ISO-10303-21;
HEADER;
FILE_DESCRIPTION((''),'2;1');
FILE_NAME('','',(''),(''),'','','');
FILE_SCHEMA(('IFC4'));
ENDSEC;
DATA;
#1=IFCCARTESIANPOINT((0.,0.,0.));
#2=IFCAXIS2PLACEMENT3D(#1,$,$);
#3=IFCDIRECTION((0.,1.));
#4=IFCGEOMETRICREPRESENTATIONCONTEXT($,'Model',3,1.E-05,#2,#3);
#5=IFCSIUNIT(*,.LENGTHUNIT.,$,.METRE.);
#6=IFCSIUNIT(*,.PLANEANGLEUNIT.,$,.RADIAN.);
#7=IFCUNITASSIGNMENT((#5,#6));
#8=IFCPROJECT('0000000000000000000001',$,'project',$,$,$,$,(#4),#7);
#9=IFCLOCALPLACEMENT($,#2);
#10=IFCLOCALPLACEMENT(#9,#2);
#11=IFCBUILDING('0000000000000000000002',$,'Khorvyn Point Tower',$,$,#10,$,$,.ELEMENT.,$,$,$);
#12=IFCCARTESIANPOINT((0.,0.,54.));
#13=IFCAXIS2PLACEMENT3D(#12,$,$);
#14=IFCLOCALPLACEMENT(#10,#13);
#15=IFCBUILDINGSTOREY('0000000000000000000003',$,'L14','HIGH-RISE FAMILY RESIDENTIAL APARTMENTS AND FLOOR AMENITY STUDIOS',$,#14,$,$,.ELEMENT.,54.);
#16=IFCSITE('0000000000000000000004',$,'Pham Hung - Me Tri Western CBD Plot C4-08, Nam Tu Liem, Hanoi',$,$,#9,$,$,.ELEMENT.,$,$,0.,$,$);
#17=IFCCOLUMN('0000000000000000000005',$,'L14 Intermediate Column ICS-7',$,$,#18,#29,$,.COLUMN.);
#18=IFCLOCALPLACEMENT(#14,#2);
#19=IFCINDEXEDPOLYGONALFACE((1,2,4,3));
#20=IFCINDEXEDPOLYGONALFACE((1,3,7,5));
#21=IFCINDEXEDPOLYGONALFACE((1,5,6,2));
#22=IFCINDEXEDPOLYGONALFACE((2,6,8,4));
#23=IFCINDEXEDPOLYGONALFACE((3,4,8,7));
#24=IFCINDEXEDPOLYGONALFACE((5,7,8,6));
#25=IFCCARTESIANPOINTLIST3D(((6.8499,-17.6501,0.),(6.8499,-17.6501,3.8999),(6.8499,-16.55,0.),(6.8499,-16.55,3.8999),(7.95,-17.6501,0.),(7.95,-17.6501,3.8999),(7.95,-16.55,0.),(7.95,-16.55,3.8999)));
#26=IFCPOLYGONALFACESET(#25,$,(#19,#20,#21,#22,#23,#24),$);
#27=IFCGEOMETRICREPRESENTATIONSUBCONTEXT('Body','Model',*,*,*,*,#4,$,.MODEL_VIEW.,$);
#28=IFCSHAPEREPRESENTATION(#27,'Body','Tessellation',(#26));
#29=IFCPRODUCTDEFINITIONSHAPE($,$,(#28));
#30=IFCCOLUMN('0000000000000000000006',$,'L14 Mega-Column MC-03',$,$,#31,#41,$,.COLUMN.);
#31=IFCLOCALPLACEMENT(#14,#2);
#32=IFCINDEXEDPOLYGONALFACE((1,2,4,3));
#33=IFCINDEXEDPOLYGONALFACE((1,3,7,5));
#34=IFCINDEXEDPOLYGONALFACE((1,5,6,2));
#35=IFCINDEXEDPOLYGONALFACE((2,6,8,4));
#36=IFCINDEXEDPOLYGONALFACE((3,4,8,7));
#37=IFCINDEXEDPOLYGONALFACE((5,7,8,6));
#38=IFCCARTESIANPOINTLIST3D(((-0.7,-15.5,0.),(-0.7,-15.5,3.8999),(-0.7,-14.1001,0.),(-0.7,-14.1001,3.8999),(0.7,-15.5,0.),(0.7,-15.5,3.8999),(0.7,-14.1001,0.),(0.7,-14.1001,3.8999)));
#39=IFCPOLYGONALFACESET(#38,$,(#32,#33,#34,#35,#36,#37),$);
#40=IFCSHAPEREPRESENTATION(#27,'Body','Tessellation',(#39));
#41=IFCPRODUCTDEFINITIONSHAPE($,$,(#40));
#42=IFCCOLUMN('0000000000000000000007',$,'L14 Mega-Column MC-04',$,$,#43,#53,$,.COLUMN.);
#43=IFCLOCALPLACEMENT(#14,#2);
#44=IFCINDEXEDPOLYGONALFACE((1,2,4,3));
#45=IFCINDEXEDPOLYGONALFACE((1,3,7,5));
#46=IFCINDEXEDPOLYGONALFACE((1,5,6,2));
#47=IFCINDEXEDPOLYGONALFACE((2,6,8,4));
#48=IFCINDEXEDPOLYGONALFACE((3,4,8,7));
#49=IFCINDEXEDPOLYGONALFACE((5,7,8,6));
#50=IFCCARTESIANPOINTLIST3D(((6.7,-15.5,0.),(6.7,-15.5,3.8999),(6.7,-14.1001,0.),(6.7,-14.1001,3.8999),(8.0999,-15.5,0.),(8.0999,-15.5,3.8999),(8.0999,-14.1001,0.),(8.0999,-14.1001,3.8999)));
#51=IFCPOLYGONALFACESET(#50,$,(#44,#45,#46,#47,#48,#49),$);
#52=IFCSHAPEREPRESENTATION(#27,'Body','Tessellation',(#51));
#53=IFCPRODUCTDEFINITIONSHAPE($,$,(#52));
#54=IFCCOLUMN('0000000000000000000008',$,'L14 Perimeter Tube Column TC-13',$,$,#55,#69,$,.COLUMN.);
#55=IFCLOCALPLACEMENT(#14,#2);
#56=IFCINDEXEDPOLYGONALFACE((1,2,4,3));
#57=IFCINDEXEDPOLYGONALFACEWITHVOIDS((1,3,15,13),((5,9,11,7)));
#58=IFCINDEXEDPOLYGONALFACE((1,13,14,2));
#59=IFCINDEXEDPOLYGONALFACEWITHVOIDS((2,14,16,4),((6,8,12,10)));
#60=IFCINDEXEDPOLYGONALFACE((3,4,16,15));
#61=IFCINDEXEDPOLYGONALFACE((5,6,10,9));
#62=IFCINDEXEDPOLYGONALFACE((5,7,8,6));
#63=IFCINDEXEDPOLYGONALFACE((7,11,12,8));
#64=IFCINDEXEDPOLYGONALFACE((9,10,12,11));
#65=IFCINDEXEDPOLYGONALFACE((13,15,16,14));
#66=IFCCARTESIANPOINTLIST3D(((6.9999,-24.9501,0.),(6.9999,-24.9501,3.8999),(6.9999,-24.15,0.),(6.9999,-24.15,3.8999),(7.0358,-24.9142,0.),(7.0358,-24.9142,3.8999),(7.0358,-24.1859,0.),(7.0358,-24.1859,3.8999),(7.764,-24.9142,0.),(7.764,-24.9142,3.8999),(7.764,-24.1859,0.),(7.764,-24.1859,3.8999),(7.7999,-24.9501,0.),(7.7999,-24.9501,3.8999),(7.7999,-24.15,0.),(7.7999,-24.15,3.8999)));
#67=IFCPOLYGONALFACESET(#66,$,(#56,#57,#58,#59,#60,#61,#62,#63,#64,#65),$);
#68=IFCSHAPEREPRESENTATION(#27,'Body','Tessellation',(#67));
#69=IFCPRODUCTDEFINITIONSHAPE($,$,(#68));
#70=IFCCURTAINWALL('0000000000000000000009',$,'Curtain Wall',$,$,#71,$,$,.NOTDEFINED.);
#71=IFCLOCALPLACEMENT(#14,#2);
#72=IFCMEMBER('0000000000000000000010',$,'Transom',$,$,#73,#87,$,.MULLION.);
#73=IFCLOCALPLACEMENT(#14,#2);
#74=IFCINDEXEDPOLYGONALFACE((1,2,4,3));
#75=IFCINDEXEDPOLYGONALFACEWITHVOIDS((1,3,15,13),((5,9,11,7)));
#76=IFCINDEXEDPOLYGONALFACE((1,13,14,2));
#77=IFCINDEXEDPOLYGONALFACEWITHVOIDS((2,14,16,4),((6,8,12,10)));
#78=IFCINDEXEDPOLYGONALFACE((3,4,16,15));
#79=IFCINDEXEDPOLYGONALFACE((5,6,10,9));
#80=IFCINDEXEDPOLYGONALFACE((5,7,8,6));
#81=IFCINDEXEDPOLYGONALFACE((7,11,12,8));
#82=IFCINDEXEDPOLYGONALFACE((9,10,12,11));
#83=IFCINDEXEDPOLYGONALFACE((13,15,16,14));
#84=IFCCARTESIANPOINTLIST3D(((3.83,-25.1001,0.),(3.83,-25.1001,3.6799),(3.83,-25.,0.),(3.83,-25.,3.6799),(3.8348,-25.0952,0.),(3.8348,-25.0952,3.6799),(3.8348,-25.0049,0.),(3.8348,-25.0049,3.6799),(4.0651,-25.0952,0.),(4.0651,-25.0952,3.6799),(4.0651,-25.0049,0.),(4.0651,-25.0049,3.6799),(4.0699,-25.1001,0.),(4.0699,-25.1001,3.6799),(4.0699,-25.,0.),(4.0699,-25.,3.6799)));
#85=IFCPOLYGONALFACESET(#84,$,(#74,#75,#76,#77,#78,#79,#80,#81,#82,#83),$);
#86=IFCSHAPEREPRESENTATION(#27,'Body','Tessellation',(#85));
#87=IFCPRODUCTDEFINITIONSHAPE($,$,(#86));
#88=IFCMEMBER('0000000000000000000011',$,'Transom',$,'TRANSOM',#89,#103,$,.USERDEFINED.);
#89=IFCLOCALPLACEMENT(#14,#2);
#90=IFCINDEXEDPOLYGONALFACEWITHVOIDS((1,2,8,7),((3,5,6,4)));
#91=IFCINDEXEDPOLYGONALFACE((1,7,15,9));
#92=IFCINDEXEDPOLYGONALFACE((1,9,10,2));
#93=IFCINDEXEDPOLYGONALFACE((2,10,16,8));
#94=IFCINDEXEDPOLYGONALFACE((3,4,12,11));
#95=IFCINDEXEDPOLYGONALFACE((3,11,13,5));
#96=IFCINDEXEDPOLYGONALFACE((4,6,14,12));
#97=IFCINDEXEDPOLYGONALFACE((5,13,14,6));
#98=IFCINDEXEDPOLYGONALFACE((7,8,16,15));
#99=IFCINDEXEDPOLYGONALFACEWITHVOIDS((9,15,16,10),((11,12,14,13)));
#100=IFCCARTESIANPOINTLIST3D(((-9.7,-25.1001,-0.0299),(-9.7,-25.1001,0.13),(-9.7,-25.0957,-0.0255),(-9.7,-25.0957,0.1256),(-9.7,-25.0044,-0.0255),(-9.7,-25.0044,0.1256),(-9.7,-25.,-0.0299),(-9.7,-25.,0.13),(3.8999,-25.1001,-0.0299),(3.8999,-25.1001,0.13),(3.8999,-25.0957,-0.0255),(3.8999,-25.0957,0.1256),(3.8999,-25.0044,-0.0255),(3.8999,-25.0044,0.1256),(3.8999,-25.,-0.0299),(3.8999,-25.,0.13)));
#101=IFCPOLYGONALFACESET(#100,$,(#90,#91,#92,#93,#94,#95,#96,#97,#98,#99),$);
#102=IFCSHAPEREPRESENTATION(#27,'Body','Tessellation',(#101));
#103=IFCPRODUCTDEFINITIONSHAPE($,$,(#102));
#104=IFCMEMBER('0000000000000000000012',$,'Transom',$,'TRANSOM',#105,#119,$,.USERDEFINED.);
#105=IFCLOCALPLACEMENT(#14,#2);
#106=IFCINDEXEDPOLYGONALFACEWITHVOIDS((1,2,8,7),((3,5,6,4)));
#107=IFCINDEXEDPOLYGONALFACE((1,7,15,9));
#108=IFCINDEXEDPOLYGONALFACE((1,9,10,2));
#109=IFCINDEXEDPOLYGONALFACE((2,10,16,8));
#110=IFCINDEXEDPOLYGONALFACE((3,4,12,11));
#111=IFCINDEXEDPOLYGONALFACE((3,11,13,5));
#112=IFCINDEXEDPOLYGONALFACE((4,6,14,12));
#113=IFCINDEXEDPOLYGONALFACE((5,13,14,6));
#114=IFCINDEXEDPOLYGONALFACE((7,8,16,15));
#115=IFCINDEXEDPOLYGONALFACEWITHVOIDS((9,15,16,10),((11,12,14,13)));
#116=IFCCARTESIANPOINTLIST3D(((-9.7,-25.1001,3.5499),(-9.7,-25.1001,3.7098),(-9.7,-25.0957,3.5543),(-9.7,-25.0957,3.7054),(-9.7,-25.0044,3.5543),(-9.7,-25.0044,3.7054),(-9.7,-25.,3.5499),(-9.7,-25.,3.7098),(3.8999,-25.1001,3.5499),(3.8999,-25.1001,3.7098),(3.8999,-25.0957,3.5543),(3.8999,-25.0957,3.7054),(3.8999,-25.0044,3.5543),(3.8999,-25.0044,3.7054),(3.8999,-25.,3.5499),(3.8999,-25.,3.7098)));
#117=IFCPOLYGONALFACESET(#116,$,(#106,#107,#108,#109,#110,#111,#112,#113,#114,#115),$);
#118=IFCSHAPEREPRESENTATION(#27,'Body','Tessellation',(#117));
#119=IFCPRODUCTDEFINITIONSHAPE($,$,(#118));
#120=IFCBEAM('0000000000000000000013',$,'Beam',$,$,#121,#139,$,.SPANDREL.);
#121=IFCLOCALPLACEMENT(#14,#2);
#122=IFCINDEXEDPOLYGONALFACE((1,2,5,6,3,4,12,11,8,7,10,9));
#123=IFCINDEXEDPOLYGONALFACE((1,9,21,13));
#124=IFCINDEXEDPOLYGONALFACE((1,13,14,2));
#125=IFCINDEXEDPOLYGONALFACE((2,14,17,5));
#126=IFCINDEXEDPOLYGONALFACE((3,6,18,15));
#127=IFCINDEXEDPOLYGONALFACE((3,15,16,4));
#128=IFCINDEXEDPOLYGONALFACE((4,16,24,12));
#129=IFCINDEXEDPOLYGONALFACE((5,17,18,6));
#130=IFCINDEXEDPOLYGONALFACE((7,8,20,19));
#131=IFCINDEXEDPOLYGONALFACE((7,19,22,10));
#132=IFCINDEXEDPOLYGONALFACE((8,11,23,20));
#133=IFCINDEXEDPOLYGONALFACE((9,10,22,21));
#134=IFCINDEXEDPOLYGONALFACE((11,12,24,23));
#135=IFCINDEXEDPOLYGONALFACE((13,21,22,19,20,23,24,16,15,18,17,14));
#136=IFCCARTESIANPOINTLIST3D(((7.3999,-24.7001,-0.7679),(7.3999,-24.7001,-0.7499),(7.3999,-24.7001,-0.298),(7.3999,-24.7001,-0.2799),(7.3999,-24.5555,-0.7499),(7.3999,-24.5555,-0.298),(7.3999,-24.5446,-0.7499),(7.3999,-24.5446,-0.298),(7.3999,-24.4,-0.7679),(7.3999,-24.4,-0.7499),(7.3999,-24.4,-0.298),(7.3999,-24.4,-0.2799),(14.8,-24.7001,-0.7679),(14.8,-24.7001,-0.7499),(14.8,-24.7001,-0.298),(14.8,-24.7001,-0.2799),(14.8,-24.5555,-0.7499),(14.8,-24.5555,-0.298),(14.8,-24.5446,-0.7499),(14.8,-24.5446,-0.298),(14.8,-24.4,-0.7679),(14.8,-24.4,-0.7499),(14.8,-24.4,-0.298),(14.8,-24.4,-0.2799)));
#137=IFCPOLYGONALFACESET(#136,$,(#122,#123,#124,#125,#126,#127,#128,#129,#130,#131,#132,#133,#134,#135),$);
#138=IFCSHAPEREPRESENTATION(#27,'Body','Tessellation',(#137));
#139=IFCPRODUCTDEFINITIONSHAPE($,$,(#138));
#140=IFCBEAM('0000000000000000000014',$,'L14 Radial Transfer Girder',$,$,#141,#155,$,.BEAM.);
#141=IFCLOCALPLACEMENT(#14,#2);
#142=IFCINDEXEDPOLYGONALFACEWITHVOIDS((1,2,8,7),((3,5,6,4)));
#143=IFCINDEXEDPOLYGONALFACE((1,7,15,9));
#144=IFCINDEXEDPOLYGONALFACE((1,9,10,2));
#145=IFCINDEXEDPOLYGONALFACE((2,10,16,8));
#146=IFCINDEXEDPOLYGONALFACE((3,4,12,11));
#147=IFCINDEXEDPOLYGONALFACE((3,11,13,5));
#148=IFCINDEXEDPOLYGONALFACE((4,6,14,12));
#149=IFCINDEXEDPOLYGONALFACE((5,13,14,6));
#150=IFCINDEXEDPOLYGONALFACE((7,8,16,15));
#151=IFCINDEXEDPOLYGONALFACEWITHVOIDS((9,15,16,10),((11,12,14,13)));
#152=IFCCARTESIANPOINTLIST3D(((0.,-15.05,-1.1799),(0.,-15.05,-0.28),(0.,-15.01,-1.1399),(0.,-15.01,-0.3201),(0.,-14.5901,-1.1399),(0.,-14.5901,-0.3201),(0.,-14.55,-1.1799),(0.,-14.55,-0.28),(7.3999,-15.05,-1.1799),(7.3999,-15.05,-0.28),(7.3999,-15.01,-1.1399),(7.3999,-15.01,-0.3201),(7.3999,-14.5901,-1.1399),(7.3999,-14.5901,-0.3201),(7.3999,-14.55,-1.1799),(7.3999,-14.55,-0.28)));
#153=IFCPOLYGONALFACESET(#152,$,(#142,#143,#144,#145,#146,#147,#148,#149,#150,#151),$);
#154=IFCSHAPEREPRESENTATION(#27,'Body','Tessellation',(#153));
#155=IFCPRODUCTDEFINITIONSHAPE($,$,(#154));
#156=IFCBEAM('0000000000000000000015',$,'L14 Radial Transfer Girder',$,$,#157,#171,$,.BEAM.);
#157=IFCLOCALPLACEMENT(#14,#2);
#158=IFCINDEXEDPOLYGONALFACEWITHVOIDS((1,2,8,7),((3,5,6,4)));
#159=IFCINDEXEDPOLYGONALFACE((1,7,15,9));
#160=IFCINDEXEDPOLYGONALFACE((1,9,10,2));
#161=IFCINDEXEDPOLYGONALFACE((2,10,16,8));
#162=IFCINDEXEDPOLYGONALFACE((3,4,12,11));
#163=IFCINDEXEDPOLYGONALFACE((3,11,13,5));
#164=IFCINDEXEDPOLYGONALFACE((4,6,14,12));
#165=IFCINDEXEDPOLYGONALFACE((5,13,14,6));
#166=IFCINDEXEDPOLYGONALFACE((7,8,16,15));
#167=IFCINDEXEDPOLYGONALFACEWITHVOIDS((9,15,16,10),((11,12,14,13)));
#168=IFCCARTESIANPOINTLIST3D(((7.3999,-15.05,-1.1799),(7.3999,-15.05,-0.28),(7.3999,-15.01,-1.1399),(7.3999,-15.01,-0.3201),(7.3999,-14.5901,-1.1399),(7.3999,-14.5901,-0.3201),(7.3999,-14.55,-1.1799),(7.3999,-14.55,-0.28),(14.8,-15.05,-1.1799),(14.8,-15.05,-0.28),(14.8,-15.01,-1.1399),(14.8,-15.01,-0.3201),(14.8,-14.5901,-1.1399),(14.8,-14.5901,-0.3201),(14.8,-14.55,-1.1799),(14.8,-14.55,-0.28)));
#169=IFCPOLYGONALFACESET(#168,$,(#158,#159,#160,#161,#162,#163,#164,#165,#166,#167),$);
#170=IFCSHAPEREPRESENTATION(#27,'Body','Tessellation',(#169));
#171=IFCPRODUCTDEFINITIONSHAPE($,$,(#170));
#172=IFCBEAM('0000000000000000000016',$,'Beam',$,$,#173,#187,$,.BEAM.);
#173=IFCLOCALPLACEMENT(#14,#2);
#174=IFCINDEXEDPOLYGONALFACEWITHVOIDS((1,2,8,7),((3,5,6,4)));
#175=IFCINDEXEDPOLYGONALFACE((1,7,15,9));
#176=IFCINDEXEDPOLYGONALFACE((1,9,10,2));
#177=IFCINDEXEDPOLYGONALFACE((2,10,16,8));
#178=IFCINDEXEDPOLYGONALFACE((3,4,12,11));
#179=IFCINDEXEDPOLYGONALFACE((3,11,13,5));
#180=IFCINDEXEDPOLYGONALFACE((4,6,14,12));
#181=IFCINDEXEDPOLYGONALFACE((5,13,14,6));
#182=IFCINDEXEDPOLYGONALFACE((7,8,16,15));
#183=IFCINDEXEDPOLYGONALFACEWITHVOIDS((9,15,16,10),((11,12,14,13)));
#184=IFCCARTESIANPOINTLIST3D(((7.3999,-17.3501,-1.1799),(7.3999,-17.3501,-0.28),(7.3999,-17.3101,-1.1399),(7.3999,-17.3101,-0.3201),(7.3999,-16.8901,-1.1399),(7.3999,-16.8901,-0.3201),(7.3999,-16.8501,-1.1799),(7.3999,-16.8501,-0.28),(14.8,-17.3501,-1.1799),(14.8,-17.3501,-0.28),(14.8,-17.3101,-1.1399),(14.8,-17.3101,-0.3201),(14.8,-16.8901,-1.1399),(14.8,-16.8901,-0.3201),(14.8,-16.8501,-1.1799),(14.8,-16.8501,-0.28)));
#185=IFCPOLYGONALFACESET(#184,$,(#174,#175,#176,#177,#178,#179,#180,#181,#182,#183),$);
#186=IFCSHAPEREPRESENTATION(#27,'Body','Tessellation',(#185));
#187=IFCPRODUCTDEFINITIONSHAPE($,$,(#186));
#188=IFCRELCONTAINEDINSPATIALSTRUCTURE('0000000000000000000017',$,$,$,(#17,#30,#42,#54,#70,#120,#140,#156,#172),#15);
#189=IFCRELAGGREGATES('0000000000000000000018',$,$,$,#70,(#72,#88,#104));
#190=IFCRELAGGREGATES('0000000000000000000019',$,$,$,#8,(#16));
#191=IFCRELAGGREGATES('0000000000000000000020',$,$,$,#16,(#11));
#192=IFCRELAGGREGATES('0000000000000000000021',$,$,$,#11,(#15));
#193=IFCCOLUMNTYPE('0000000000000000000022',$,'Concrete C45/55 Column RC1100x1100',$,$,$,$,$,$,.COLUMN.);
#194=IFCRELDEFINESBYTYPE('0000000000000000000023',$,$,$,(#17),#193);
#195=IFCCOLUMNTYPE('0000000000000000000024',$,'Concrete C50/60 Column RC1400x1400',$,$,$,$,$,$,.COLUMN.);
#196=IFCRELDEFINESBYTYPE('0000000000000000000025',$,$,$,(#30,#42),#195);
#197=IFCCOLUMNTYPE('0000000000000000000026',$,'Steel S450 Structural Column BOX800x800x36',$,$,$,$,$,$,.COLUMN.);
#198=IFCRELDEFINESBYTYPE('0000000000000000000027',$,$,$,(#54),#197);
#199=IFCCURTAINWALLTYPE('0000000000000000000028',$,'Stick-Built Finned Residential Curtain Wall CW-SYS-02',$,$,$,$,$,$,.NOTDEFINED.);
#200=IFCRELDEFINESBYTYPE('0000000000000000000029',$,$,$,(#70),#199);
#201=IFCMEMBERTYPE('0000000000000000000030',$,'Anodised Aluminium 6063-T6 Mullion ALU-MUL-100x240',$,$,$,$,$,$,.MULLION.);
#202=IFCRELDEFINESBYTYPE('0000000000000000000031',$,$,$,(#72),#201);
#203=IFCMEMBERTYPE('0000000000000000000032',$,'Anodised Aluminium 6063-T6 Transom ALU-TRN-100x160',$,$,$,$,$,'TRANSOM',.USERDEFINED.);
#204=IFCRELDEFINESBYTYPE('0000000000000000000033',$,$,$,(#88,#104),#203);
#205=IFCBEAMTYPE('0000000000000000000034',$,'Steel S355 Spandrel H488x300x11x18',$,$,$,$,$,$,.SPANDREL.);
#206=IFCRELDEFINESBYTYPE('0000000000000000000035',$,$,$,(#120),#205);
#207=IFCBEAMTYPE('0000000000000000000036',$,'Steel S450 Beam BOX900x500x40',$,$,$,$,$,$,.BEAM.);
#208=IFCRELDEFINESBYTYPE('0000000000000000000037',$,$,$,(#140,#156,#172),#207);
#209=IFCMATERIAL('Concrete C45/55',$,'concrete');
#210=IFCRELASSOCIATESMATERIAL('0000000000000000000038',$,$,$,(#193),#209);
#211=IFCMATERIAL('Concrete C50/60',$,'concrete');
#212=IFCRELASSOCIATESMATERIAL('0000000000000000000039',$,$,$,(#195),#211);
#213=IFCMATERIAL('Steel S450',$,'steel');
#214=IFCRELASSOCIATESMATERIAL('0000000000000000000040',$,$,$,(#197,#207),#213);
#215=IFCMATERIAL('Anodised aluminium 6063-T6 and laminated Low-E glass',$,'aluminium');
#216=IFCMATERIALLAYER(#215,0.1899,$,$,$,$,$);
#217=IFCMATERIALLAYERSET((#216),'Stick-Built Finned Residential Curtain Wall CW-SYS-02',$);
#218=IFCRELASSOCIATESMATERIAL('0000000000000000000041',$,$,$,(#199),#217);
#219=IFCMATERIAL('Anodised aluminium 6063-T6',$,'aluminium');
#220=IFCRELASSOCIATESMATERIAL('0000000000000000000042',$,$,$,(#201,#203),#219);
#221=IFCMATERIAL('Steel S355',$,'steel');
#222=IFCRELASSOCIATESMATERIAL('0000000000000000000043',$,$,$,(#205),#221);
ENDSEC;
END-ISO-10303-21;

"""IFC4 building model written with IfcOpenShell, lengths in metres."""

from ifc_helpers import new_model, si_unit, direction, frame, origin, origin_2d, place, context, subcontext, project, spatial, rectangle, hollow_rectangle, i_section, extrude, material, layer, layer_set, material_profile, profile_set, type_object, element, aggregate, save


model = new_model("IFC4")

# Units and contexts
model_context = context("Model", 3, precision=1e-05, world=origin(), true_north=direction((0.0, 1.0)))
body_context = subcontext(model_context, "Body", "Model", "MODEL_VIEW")
ifc_project = project(units=[si_unit("LENGTHUNIT", "METRE"), si_unit("PLANEANGLEUNIT", "RADIAN")], contexts=[model_context])

# Site, building, storey
site_placement = place(None, origin())
site = spatial("IfcSite", under=ifc_project, at=site_placement, Name="Pham Hung - Me Tri Western CBD Plot C4-08, Nam Tu Liem, Hanoi", CompositionType="ELEMENT", RefElevation=0.0)
building_placement = place(site_placement, origin())
building = spatial("IfcBuilding", under=site, at=building_placement, Name="Khorvyn Point Tower", CompositionType="ELEMENT")
storey_placement = place(building_placement, frame((0.0, 0.0, 54.0)))
storey = spatial("IfcBuildingStorey", under=building, at=storey_placement, Name="L14", Description="HIGH-RISE FAMILY RESIDENTIAL APARTMENTS AND FLOOR AMENITY STUDIOS", CompositionType="ELEMENT", Elevation=54.0)

# Columns
ifc_material_1 = material(Name="Concrete C45/55", Category="concrete")
ifc_material_profile_1 = material_profile(ifc_material_1, rectangle(XDim=1.1001, YDim=1.1001, at=origin_2d()))
ifc_profile_set_1 = profile_set([ifc_material_profile_1], Name="Concrete C45/55 RC1100x1100")
column_type_1 = type_object("IfcColumnType", Name="Concrete C45/55 Column RC1100x1100", PredefinedType="COLUMN", material=ifc_profile_set_1)
column_1_placement = place(storey_placement, frame((7.3999, -17.1001, 0.0), z_axis=(0.0, 0.0, 1.0), x_axis=(1.0, 0.0, 0.0)))
element("IfcColumn", 1, at=column_1_placement, inside=storey, type_object=column_type_1, Name="L14 Intermediate Column ICS-7", PredefinedType="COLUMN", context=body_context, shape_type="SweptSolid", body=[
    extrude(rectangle(XDim=1.1001, YDim=1.1001, at=origin_2d()), origin(), (0.0, 0.0, 1.0), 3.8999),
])
ifc_material_2 = material(Name="Concrete C50/60", Category="concrete")
ifc_material_profile_2 = material_profile(ifc_material_2, rectangle(XDim=1.3999, YDim=1.3999, at=origin_2d()))
ifc_profile_set_2 = profile_set([ifc_material_profile_2], Name="Concrete C50/60 RC1400x1400")
column_type_2 = type_object("IfcColumnType", Name="Concrete C50/60 Column RC1400x1400", PredefinedType="COLUMN", material=ifc_profile_set_2)
for number, where, z_axis, x_axis, name in (
    (2, (0.0, -14.8, 0.0), (0.0, 0.0, 1.0), (1.0, 0.0, 0.0), "L14 Mega-Column MC-03"),
    (3, (7.3999, -14.8, 0.0), (0.0, 0.0, 1.0), (1.0, 0.0, 0.0), "L14 Mega-Column MC-04"),
):
    element("IfcColumn", number, at=place(storey_placement, frame(where, z_axis=z_axis, x_axis=x_axis)), inside=storey, type_object=column_type_2, Name=name, PredefinedType="COLUMN", context=body_context, shape_type="SweptSolid", body=[
        extrude(rectangle(XDim=1.3999, YDim=1.3999, at=origin_2d()), origin(), (0.0, 0.0, 1.0), 3.8999),
    ])
ifc_material_3 = material(Name="Steel S450", Category="steel")
ifc_material_profile_3 = material_profile(ifc_material_3, hollow_rectangle(XDim=0.8, YDim=0.8, WallThickness=0.0359, at=origin_2d()))
ifc_profile_set_3 = profile_set([ifc_material_profile_3], Name="Steel S450 BOX800x800x36")
column_type_3 = type_object("IfcColumnType", Name="Steel S450 Structural Column BOX800x800x36", PredefinedType="COLUMN", material=ifc_profile_set_3)
column_2_placement = place(storey_placement, frame((7.3999, -24.55, 0.0), z_axis=(0.0, 0.0, 1.0), x_axis=(1.0, 0.0, 0.0)))
element("IfcColumn", 4, at=column_2_placement, inside=storey, type_object=column_type_3, Name="L14 Perimeter Tube Column TC-13", PredefinedType="COLUMN", context=body_context, shape_type="SweptSolid", body=[
    extrude(hollow_rectangle(XDim=0.8, YDim=0.8, WallThickness=0.0359, at=origin_2d()), origin(), (0.0, 0.0, 1.0), 3.8999),
])

# Curtain wall, members
ifc_material_4 = material(Name="Anodised aluminium 6063-T6 and laminated Low-E glass", Category="aluminium")
ifc_layer_1 = layer(ifc_material_4, 0.1899)
ifc_layer_set_1 = layer_set([ifc_layer_1], Name="Stick-Built Finned Residential Curtain Wall CW-SYS-02")
curtain_wall_type = type_object("IfcCurtainWallType", Name="Stick-Built Finned Residential Curtain Wall CW-SYS-02", PredefinedType="NOTDEFINED", material=ifc_layer_set_1)
curtain_wall_placement = place(storey_placement, origin())
curtain_wall = element("IfcCurtainWall", 5, at=curtain_wall_placement, inside=storey, type_object=curtain_wall_type, Name="Curtain Wall", PredefinedType="NOTDEFINED")
ifc_material_5 = material(Name="Anodised aluminium 6063-T6", Category="aluminium")
ifc_material_profile_4 = material_profile(ifc_material_5, hollow_rectangle(XDim=0.1001, YDim=0.24, WallThickness=0.0049, at=origin_2d()))
ifc_profile_set_4 = profile_set([ifc_material_profile_4], Name="Anodised aluminium 6063-T6 ALU-MUL-100x240")
member_type_1 = type_object("IfcMemberType", Name="Anodised Aluminium 6063-T6 Mullion ALU-MUL-100x240", PredefinedType="MULLION", material=ifc_profile_set_4)
member_1_placement = place(storey_placement, frame((3.95, -25.05, 0.0), z_axis=(0.0, 0.0, 1.0), x_axis=(0.0, -1.0, 0.0)))
member_1 = element("IfcMember", 6, at=member_1_placement, type_object=member_type_1, Name="Transom", PredefinedType="MULLION", context=body_context, shape_type="SweptSolid", body=[
    extrude(hollow_rectangle(XDim=0.1001, YDim=0.24, WallThickness=0.0049, at=origin_2d()), origin(), (0.0, 0.0, 1.0), 3.6799),
])
ifc_material_profile_5 = material_profile(ifc_material_5, hollow_rectangle(XDim=0.1001, YDim=0.1599, WallThickness=0.0044, at=origin_2d()))
ifc_profile_set_5 = profile_set([ifc_material_profile_5], Name="Anodised aluminium 6063-T6 ALU-TRN-100x160")
member_type_2 = type_object("IfcMemberType", Name="Anodised Aluminium 6063-T6 Transom ALU-TRN-100x160", ElementType="TRANSOM", PredefinedType="USERDEFINED", material=ifc_profile_set_5)
member_2_placement = place(storey_placement, frame((3.8999, -25.05, 0.05), z_axis=(-1.0, 0.0, 0.0), x_axis=(0.0, -1.0, 0.0)))
member_2 = element("IfcMember", 7, at=member_2_placement, type_object=member_type_2, Name="Transom", ObjectType="TRANSOM", PredefinedType="USERDEFINED", context=body_context, shape_type="SweptSolid", body=[
    extrude(hollow_rectangle(XDim=0.1001, YDim=0.1599, WallThickness=0.0044, at=origin_2d()), origin(), (0.0, 0.0, 1.0), 13.5999),
])
member_3_placement = place(storey_placement, frame((3.8999, -25.05, 3.6299), z_axis=(-1.0, 0.0, 0.0), x_axis=(0.0, -1.0, 0.0)))
member_3 = element("IfcMember", 8, at=member_3_placement, type_object=member_type_2, Name="Transom", ObjectType="TRANSOM", PredefinedType="USERDEFINED", context=body_context, shape_type="SweptSolid", body=[
    extrude(hollow_rectangle(XDim=0.1001, YDim=0.1599, WallThickness=0.0044, at=origin_2d()), origin(), (0.0, 0.0, 1.0), 13.5999),
])

# Beams
ifc_material_6 = material(Name="Steel S355", Category="steel")
ifc_material_profile_6 = material_profile(ifc_material_6, i_section(OverallWidth=0.3, OverallDepth=0.488, WebThickness=0.011, FlangeThickness=0.0181, at=origin_2d()))
ifc_profile_set_6 = profile_set([ifc_material_profile_6], Name="Steel S355 H488x300x11x18")
beam_type_1 = type_object("IfcBeamType", Name="Steel S355 Spandrel H488x300x11x18", PredefinedType="SPANDREL", material=ifc_profile_set_6)
beam_1_placement = place(storey_placement, frame((7.3999, -24.55, -0.5239), z_axis=(1.0, 0.0, 0.0), x_axis=(0.0, 1.0, 0.0)))
element("IfcBeam", 9, at=beam_1_placement, inside=storey, type_object=beam_type_1, Name="Beam", PredefinedType="SPANDREL", context=body_context, shape_type="SweptSolid", body=[
    extrude(i_section(OverallWidth=0.3, OverallDepth=0.488, WebThickness=0.011, FlangeThickness=0.0181, at=origin_2d()), origin(), (0.0, 0.0, 1.0), 7.4001),
])
ifc_material_profile_7 = material_profile(ifc_material_3, hollow_rectangle(XDim=0.5, YDim=0.8999, WallThickness=0.04, at=origin_2d()))
ifc_profile_set_7 = profile_set([ifc_material_profile_7], Name="Steel S450 BOX900x500x40")
beam_type_2 = type_object("IfcBeamType", Name="Steel S450 Beam BOX900x500x40", PredefinedType="BEAM", material=ifc_profile_set_7)
beam_2_placement = place(storey_placement, frame((0.0, -14.8, -0.73), z_axis=(1.0, 0.0, 0.0), x_axis=(0.0, 1.0, 0.0)))
element("IfcBeam", 10, at=beam_2_placement, inside=storey, type_object=beam_type_2, Name="L14 Radial Transfer Girder", PredefinedType="BEAM", context=body_context, shape_type="SweptSolid", body=[
    extrude(hollow_rectangle(XDim=0.5, YDim=0.8999, WallThickness=0.04, at=origin_2d()), origin(), (0.0, 0.0, 1.0), 7.3999),
])
for number, where, z_axis, x_axis, name in (
    (11, (7.3999, -14.8, -0.73), (1.0, 0.0, 0.0), (0.0, 1.0, 0.0), "L14 Radial Transfer Girder"),
    (12, (7.3999, -17.1001, -0.73), (1.0, 0.0, 0.0), (0.0, 1.0, 0.0), "Beam"),
):
    element("IfcBeam", number, at=place(storey_placement, frame(where, z_axis=z_axis, x_axis=x_axis)), inside=storey, type_object=beam_type_2, Name=name, PredefinedType="BEAM", context=body_context, shape_type="SweptSolid", body=[
        extrude(hollow_rectangle(XDim=0.5, YDim=0.8999, WallThickness=0.04, at=origin_2d()), origin(), (0.0, 0.0, 1.0), 7.4001),
    ])

aggregate(curtain_wall, [member_1, member_2, member_3])

save(model, "model.ifc")
